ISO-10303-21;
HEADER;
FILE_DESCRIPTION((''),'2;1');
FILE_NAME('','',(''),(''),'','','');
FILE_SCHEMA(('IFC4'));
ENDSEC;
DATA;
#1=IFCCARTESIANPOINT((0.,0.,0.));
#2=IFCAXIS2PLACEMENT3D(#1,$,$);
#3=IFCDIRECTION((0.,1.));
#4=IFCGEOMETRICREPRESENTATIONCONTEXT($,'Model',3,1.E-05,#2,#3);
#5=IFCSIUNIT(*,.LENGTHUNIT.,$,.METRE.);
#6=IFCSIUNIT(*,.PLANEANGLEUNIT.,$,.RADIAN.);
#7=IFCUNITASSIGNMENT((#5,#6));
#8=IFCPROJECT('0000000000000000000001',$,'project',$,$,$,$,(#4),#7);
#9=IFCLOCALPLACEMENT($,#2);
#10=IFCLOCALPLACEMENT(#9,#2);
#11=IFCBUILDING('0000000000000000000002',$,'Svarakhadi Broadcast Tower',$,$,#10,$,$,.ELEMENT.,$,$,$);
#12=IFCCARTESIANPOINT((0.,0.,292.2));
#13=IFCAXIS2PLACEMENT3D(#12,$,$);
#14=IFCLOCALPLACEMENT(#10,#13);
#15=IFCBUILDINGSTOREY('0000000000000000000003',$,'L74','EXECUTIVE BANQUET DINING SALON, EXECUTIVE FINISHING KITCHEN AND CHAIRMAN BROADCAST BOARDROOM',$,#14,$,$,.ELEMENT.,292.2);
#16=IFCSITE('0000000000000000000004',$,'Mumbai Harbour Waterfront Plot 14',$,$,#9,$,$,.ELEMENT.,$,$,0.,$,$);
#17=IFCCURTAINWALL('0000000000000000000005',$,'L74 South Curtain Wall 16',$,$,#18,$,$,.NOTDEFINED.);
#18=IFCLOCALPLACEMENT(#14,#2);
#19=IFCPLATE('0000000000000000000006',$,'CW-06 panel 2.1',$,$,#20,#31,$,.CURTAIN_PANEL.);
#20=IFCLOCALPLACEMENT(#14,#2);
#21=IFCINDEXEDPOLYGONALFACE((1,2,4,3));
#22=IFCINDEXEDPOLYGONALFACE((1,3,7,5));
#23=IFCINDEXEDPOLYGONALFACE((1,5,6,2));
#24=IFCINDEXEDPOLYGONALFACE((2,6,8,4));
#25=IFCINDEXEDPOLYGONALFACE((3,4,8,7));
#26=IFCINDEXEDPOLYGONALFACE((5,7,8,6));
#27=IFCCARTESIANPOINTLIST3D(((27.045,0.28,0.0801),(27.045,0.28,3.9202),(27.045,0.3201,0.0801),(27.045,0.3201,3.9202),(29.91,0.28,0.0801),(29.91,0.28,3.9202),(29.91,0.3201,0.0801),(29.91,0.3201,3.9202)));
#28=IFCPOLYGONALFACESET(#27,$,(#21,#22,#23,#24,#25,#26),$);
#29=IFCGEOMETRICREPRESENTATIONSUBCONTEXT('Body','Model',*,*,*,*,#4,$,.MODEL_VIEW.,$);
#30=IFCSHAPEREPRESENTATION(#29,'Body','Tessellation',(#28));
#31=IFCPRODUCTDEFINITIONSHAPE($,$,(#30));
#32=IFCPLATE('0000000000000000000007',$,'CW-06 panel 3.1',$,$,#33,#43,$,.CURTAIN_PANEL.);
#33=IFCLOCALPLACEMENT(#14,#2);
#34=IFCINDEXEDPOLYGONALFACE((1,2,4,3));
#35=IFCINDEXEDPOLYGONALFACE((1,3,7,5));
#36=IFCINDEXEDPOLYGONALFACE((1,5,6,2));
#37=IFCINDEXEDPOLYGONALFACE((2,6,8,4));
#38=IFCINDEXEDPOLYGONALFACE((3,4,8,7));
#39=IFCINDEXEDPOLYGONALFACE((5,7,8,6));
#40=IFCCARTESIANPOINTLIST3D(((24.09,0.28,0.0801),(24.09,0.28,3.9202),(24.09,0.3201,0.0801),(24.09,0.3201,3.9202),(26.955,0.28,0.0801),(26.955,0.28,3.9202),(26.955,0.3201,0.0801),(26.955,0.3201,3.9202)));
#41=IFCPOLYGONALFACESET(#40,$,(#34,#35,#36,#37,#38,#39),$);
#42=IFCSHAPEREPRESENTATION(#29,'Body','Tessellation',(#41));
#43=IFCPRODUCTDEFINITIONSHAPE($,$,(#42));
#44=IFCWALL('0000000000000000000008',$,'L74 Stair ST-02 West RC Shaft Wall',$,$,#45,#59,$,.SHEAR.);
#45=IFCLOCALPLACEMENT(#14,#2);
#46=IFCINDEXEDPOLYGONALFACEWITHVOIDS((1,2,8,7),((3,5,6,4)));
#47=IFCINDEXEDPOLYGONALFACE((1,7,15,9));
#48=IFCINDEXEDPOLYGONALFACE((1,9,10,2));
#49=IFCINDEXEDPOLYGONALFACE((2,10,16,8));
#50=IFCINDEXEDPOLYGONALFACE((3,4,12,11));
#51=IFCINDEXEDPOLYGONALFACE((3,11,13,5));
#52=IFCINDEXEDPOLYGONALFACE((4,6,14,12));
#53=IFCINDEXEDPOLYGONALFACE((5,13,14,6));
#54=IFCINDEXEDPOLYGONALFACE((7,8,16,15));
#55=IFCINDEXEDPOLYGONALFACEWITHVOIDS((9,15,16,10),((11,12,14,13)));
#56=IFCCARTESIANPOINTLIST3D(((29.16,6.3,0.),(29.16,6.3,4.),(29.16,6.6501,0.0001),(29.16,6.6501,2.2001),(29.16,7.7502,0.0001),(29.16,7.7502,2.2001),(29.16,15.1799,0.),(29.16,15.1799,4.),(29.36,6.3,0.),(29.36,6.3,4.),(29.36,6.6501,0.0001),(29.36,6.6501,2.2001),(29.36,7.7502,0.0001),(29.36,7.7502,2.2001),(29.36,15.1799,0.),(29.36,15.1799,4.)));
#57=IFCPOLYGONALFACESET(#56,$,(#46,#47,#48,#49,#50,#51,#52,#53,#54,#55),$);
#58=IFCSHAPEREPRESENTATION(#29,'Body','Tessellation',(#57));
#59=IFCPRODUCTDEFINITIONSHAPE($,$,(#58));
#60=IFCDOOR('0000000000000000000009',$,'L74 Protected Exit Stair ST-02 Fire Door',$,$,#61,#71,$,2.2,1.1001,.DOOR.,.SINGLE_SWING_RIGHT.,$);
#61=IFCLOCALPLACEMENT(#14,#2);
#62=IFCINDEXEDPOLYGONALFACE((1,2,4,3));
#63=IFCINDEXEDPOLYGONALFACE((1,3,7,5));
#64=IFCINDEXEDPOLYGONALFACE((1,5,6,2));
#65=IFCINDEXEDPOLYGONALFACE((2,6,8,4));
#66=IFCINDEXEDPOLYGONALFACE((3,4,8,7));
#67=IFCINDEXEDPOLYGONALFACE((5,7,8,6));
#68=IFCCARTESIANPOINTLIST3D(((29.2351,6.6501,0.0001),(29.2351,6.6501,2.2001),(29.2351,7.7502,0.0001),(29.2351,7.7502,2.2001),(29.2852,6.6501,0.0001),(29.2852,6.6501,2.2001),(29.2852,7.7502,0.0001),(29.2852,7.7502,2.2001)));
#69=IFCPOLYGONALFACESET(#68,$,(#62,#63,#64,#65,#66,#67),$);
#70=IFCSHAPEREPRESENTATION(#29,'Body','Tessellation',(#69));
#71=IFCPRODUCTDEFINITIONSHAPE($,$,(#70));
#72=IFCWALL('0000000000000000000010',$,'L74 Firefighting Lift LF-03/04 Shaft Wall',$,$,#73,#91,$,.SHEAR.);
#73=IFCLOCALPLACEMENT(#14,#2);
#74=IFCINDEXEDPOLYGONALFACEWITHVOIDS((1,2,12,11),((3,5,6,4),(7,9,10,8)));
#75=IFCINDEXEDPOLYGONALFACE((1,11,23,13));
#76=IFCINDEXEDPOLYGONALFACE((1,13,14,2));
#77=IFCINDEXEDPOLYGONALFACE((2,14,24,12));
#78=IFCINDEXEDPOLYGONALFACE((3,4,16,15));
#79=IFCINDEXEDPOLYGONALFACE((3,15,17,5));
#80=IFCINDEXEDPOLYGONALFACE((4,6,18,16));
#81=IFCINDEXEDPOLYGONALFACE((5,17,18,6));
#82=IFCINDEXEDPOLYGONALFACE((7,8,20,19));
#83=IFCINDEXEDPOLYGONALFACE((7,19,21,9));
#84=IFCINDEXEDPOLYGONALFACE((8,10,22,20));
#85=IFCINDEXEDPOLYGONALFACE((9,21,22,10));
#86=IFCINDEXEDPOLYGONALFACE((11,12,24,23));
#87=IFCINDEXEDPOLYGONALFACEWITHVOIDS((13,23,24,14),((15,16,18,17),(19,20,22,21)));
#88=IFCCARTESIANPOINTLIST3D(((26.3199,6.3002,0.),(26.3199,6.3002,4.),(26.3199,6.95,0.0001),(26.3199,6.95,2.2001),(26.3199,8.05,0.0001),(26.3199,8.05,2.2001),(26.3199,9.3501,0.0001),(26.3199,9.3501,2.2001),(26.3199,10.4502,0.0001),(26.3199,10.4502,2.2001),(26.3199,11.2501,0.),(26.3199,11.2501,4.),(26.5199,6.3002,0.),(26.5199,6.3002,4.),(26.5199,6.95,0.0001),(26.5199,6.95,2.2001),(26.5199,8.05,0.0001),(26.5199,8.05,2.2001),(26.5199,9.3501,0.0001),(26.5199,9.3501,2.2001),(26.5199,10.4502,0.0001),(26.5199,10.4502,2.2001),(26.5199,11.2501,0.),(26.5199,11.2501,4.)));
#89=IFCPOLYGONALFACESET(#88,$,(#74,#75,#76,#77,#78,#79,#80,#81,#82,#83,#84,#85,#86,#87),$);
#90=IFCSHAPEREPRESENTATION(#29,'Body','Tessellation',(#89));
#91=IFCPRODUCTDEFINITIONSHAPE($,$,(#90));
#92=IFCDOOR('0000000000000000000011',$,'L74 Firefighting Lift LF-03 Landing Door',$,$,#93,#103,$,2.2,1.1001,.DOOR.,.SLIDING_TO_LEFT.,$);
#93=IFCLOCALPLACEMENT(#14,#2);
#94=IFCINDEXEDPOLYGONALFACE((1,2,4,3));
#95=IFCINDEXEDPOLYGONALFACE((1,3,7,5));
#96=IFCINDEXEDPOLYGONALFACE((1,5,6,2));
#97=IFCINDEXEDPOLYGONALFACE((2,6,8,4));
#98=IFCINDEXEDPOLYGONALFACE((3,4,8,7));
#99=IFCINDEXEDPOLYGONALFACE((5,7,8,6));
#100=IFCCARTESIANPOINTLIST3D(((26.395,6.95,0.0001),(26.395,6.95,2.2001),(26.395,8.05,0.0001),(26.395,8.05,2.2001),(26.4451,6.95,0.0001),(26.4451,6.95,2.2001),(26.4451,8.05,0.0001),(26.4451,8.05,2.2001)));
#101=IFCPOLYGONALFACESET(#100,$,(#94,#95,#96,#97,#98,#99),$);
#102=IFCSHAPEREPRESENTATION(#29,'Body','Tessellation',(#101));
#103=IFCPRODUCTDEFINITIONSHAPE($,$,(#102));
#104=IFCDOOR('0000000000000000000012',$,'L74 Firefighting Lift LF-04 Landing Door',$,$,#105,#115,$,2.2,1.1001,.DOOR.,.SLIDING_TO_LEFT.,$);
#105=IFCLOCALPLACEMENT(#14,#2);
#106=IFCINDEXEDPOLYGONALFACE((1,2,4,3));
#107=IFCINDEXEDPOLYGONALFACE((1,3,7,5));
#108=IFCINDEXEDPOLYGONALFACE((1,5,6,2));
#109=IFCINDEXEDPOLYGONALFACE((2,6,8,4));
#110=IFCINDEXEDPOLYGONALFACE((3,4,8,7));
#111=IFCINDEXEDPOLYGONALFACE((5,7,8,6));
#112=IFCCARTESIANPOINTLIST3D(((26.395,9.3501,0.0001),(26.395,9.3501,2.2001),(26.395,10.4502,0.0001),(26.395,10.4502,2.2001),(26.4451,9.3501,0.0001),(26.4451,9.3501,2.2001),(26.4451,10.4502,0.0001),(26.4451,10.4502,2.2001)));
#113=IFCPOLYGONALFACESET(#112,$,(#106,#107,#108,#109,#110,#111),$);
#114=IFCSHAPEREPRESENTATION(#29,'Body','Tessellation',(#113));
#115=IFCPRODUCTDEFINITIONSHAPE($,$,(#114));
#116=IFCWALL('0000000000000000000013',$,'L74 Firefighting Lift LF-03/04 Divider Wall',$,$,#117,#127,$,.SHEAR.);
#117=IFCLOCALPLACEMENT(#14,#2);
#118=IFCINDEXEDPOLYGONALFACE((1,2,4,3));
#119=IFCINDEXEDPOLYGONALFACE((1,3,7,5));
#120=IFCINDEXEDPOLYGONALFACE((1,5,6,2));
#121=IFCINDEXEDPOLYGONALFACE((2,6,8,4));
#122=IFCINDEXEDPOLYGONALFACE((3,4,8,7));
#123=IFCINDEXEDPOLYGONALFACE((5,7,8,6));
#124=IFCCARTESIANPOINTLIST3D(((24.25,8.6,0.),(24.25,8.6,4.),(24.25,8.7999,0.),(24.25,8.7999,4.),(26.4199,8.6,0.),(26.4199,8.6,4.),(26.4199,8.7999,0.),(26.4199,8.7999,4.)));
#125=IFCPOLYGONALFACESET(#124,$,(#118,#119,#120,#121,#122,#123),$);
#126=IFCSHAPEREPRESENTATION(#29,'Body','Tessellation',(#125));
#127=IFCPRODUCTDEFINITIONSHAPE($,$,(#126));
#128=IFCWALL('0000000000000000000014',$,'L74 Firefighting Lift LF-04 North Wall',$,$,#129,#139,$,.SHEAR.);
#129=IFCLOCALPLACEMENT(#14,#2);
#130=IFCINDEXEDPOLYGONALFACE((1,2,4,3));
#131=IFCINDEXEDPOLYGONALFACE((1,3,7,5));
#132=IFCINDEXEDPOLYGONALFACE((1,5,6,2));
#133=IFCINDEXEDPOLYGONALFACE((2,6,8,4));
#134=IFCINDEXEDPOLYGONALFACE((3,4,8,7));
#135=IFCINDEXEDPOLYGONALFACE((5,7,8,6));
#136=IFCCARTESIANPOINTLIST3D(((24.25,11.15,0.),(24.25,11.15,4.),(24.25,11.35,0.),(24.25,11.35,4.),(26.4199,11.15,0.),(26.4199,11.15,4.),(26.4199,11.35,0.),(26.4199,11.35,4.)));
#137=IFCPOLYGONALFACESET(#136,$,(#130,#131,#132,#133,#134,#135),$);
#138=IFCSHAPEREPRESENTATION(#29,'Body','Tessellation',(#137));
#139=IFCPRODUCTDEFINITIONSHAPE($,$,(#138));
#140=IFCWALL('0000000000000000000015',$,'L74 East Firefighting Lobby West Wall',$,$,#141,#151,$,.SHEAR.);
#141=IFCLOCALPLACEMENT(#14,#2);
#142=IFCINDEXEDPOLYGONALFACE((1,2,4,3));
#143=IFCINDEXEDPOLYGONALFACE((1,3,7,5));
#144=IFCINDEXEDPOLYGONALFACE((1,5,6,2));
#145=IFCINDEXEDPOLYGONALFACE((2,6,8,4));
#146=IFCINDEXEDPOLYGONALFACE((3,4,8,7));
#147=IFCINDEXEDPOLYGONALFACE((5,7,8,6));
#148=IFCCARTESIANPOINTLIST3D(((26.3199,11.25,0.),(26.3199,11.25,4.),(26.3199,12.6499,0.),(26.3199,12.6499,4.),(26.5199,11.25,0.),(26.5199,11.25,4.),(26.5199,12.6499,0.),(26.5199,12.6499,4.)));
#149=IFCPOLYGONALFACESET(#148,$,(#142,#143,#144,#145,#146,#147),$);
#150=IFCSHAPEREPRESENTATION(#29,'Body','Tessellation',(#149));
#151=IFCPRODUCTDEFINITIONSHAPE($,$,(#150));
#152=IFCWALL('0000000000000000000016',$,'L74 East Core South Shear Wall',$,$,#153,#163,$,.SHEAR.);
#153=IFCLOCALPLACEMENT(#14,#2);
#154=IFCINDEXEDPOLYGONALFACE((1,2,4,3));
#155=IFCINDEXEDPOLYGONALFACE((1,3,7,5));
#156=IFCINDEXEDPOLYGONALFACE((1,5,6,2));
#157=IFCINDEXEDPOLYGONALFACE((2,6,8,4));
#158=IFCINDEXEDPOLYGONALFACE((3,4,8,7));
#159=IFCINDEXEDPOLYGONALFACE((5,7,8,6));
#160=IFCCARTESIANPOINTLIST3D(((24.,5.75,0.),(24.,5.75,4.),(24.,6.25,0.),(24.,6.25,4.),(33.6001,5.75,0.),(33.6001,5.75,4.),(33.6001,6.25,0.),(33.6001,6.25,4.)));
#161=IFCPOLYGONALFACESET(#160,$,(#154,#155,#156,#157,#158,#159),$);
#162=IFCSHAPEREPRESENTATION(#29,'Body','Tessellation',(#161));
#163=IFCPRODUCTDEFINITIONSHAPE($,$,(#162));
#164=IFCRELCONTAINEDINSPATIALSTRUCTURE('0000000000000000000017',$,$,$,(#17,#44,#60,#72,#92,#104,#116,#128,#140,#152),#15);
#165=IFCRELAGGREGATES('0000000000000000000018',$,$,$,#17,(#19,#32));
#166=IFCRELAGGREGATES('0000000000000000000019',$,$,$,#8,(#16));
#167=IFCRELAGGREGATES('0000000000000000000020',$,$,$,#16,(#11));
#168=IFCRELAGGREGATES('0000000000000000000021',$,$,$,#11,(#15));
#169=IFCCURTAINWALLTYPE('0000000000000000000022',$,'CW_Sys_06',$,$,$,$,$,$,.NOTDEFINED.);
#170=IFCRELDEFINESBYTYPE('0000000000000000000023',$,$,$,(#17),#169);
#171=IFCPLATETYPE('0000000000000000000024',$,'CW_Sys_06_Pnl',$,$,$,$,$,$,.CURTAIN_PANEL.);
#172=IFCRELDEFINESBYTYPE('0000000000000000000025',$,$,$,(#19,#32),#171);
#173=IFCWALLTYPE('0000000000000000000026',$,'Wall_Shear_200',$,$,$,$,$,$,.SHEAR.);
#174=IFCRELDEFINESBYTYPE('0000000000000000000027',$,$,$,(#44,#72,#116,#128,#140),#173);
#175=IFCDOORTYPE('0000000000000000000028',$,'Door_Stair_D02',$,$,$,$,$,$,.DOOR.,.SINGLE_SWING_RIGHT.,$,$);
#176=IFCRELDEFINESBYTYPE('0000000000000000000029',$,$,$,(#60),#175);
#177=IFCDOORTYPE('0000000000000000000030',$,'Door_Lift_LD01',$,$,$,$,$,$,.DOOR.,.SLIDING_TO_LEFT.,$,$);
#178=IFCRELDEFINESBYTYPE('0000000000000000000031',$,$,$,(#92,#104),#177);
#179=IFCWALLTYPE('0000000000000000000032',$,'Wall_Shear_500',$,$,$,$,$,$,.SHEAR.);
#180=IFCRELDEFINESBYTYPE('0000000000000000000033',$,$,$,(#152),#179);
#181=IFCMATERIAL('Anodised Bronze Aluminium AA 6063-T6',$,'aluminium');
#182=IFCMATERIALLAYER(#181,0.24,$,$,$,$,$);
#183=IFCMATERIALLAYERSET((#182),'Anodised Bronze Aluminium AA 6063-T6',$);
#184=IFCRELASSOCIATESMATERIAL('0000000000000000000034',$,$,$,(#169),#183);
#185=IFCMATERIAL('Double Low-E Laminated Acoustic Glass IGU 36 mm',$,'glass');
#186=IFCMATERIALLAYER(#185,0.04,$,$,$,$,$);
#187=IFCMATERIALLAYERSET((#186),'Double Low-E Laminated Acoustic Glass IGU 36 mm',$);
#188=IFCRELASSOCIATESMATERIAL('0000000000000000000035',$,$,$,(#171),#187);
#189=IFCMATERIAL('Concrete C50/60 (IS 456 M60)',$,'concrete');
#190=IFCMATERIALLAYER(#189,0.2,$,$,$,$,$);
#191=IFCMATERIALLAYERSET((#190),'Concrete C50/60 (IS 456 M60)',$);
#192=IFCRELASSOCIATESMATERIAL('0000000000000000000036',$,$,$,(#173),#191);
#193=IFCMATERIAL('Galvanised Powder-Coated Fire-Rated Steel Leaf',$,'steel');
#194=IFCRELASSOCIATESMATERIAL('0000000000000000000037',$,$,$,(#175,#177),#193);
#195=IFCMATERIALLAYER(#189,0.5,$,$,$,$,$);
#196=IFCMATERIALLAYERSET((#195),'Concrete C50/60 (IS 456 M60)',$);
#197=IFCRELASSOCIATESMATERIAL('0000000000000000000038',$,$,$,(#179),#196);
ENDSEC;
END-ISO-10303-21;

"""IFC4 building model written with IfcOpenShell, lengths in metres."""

from ifc_helpers import new_model, si_unit, direction, frame, frame_2d, origin, origin_2d, place, context, subcontext, project, spatial, rectangle, extrude, material, layer, layer_set, type_object, element, fill, aggregate, save


model = new_model("IFC4")

# Units and contexts
model_context = context("Model", 3, precision=1e-05, world=origin(), true_north=direction((0.0, 1.0)))
body_context = subcontext(model_context, "Body", "Model", "MODEL_VIEW")
ifc_project = project(units=[si_unit("LENGTHUNIT", "METRE"), si_unit("PLANEANGLEUNIT", "RADIAN")], contexts=[model_context])

# Site, building, storey
site_placement = place(None, origin())
site = spatial("IfcSite", under=ifc_project, at=site_placement, Name="Mumbai Harbour Waterfront Plot 14", CompositionType="ELEMENT", RefElevation=0.0)
building_placement = place(site_placement, origin())
building = spatial("IfcBuilding", under=site, at=building_placement, Name="Svarakhadi Broadcast Tower", CompositionType="ELEMENT")
storey_placement = place(building_placement, frame((0.0, 0.0, 292.2)))
storey = spatial("IfcBuildingStorey", under=building, at=storey_placement, Name="L74", Description="EXECUTIVE BANQUET DINING SALON, EXECUTIVE FINISHING KITCHEN AND CHAIRMAN BROADCAST BOARDROOM", CompositionType="ELEMENT", Elevation=292.2)

# Shared definitions
ifc_material_1 = material(Name="Concrete C50/60 (IS 456 M60)", Category="concrete")

# Curtain wall
ifc_material_2 = material(Name="Anodised Bronze Aluminium AA 6063-T6", Category="aluminium")
ifc_layer_1 = layer(ifc_material_2, 0.24)
ifc_layer_set_1 = layer_set([ifc_layer_1], Name="Anodised Bronze Aluminium AA 6063-T6")
curtain_wall_type = type_object("IfcCurtainWallType", Name="CW_Sys_06", PredefinedType="NOTDEFINED", material=ifc_layer_set_1)
curtain_wall_placement = place(storey_placement, origin())
curtain_wall = element("IfcCurtainWall", 1, at=curtain_wall_placement, inside=storey, type_object=curtain_wall_type, Name="L74 South Curtain Wall 16", PredefinedType="NOTDEFINED")

# Plates
ifc_material_3 = material(Name="Double Low-E Laminated Acoustic Glass IGU 36 mm", Category="glass")
ifc_layer_2 = layer(ifc_material_3, 0.04)
ifc_layer_set_2 = layer_set([ifc_layer_2], Name="Double Low-E Laminated Acoustic Glass IGU 36 mm")
plate_type = type_object("IfcPlateType", Name="CW_Sys_06_Pnl", PredefinedType="CURTAIN_PANEL", material=ifc_layer_set_2)
plate_1_placement = place(storey_placement, frame((28.4775, 0.3, 0.0801), z_axis=(0.0, 0.0, 1.0), x_axis=(-1.0, 0.0, 0.0)))
plate_1 = element("IfcPlate", 2, at=plate_1_placement, type_object=plate_type, Name="CW-06 panel 2.1", PredefinedType="CURTAIN_PANEL", context=body_context, shape_type="SweptSolid", body=[
    extrude(rectangle(XDim=2.865, YDim=0.04, at=origin_2d()), origin(), (0.0, 0.0, 1.0), 3.8401),
])
plate_2_placement = place(storey_placement, frame((25.5225, 0.3, 0.0801), z_axis=(0.0, 0.0, 1.0), x_axis=(-1.0, 0.0, 0.0)))
plate_2 = element("IfcPlate", 3, at=plate_2_placement, type_object=plate_type, Name="CW-06 panel 3.1", PredefinedType="CURTAIN_PANEL", context=body_context, shape_type="SweptSolid", body=[
    extrude(rectangle(XDim=2.865, YDim=0.04, at=origin_2d()), origin(), (0.0, 0.0, 1.0), 3.8401),
])
aggregate(curtain_wall, [plate_1, plate_2])

# Wall, opening, door
ifc_layer_3 = layer(ifc_material_1, 0.2)
ifc_layer_set_3 = layer_set([ifc_layer_3], Name="Concrete C50/60 (IS 456 M60)")
wall_type_1 = type_object("IfcWallType", Name="Wall_Shear_200", PredefinedType="SHEAR", material=ifc_layer_set_3)
wall_1_placement = place(storey_placement, frame((29.26, 6.3, 0.0), z_axis=(0.0, 0.0, 1.0), x_axis=(0.0, 1.0, 0.0)))
wall_1 = element("IfcWall", 4, at=wall_1_placement, inside=storey, type_object=wall_type_1, Name="L74 Stair ST-02 West RC Shaft Wall", PredefinedType="SHEAR", context=body_context, shape_type="SweptSolid", body=[
    extrude(rectangle(XDim=8.8799, YDim=0.2, at=frame_2d((4.4399, 0.0))), origin(), (0.0, 0.0, 1.0), 4.0),
])
opening_1_placement = place(wall_1_placement, frame((0.3501, 0.0, 0.0)))
opening_1 = element("IfcOpeningElement", 5, at=opening_1_placement, cuts=wall_1, PredefinedType="OPENING", context=body_context, shape_type="SweptSolid", body=[
    extrude(rectangle(XDim=1.1001, YDim=2.2, at=frame_2d((0.55, 1.1001))), frame((0.0, 0.1099, 0.0), z_axis=(0.0, -1.0, 0.0), x_axis=(1.0, 0.0, 0.0)), (0.0, 0.0, 1.0), 0.22),
])
ifc_material_4 = material(Name="Galvanised Powder-Coated Fire-Rated Steel Leaf", Category="steel")
door_type_1 = type_object("IfcDoorType", Name="Door_Stair_D02", OperationType="SINGLE_SWING_RIGHT", PredefinedType="DOOR", material=ifc_material_4)
door_1_placement = place(opening_1_placement, origin())
door_1 = element("IfcDoor", 6, at=door_1_placement, inside=storey, type_object=door_type_1, Name="L74 Protected Exit Stair ST-02 Fire Door", OperationType="SINGLE_SWING_RIGHT", OverallHeight=2.2, OverallWidth=1.1001, PredefinedType="DOOR", context=body_context, shape_type="SweptSolid", body=[
    extrude(rectangle(XDim=1.1001, YDim=2.2, at=frame_2d((0.55, 1.1001))), frame((0.0, 0.0249, 0.0), z_axis=(0.0, -1.0, 0.0), x_axis=(1.0, 0.0, 0.0)), (0.0, 0.0, 1.0), 0.05),
])
fill(opening_1, door_1)

# Wall, openings, doors
wall_2_placement = place(storey_placement, frame((26.4199, 6.3, 0.0), z_axis=(0.0, 0.0, 1.0), x_axis=(0.0, 1.0, 0.0)))
wall_2 = element("IfcWall", 7, at=wall_2_placement, inside=storey, type_object=wall_type_1, Name="L74 Firefighting Lift LF-03/04 Shaft Wall", PredefinedType="SHEAR", context=body_context, shape_type="SweptSolid", body=[
    extrude(rectangle(XDim=4.95, YDim=0.2, at=frame_2d((2.4751, 0.0))), origin(), (0.0, 0.0, 1.0), 4.0),
])
opening_2_placement = place(wall_2_placement, frame((0.6499, 0.0, 0.0)))
opening_2 = element("IfcOpeningElement", 8, at=opening_2_placement, cuts=wall_2, PredefinedType="OPENING", context=body_context, shape_type="SweptSolid", body=[
    extrude(rectangle(XDim=1.1001, YDim=2.2, at=frame_2d((0.55, 1.1001))), frame((0.0, 0.1099, 0.0), z_axis=(0.0, -1.0, 0.0), x_axis=(1.0, 0.0, 0.0)), (0.0, 0.0, 1.0), 0.22),
])
opening_3_placement = place(wall_2_placement, frame((3.05, 0.0, 0.0)))
opening_3 = element("IfcOpeningElement", 9, at=opening_3_placement, cuts=wall_2, PredefinedType="OPENING", context=body_context, shape_type="SweptSolid", body=[
    extrude(rectangle(XDim=1.1001, YDim=2.2, at=frame_2d((0.55, 1.1001))), frame((0.0, 0.1099, 0.0), z_axis=(0.0, -1.0, 0.0), x_axis=(1.0, 0.0, 0.0)), (0.0, 0.0, 1.0), 0.22),
])
door_type_2 = type_object("IfcDoorType", Name="Door_Lift_LD01", OperationType="SLIDING_TO_LEFT", PredefinedType="DOOR", material=ifc_material_4)
door_2_placement = place(opening_2_placement, origin())
door_2 = element("IfcDoor", 10, at=door_2_placement, inside=storey, type_object=door_type_2, Name="L74 Firefighting Lift LF-03 Landing Door", OperationType="SLIDING_TO_LEFT", OverallHeight=2.2, OverallWidth=1.1001, PredefinedType="DOOR", context=body_context, shape_type="SweptSolid", body=[
    extrude(rectangle(XDim=1.1001, YDim=2.2, at=frame_2d((0.55, 1.1001))), frame((0.0, 0.0249, 0.0), z_axis=(0.0, -1.0, 0.0), x_axis=(1.0, 0.0, 0.0)), (0.0, 0.0, 1.0), 0.05),
])
fill(opening_2, door_2)
door_3_placement = place(opening_3_placement, origin())
door_3 = element("IfcDoor", 11, at=door_3_placement, inside=storey, type_object=door_type_2, Name="L74 Firefighting Lift LF-04 Landing Door", OperationType="SLIDING_TO_LEFT", OverallHeight=2.2, OverallWidth=1.1001, PredefinedType="DOOR", context=body_context, shape_type="SweptSolid", body=[
    extrude(rectangle(XDim=1.1001, YDim=2.2, at=frame_2d((0.55, 1.1001))), frame((0.0, 0.0249, 0.0), z_axis=(0.0, -1.0, 0.0), x_axis=(1.0, 0.0, 0.0)), (0.0, 0.0, 1.0), 0.05),
])
fill(opening_3, door_3)

# Walls
for number, where, z_axis, x_axis, name in (
    (12, (24.25, 8.7, 0.0), (0.0, 0.0, 1.0), (1.0, 0.0, 0.0), "L74 Firefighting Lift LF-03/04 Divider Wall"),
    (13, (24.25, 11.25, 0.0), (0.0, 0.0, 1.0), (1.0, 0.0, 0.0), "L74 Firefighting Lift LF-04 North Wall"),
):
    element("IfcWall", number, at=place(storey_placement, frame(where, z_axis=z_axis, x_axis=x_axis)), inside=storey, type_object=wall_type_1, Name=name, PredefinedType="SHEAR", context=body_context, shape_type="SweptSolid", body=[
        extrude(rectangle(XDim=2.1699, YDim=0.2, at=frame_2d((1.085, 0.0))), origin(), (0.0, 0.0, 1.0), 4.0),
    ])
wall_3_placement = place(storey_placement, frame((26.4199, 11.25, 0.0), z_axis=(0.0, 0.0, 1.0), x_axis=(0.0, 1.0, 0.0)))
element("IfcWall", 14, at=wall_3_placement, inside=storey, type_object=wall_type_1, Name="L74 East Firefighting Lobby West Wall", PredefinedType="SHEAR", context=body_context, shape_type="SweptSolid", body=[
    extrude(rectangle(XDim=1.3999, YDim=0.2, at=frame_2d((0.7, 0.0))), origin(), (0.0, 0.0, 1.0), 4.0),
])
ifc_layer_4 = layer(ifc_material_1, 0.5)
ifc_layer_set_4 = layer_set([ifc_layer_4], Name="Concrete C50/60 (IS 456 M60)")
wall_type_2 = type_object("IfcWallType", Name="Wall_Shear_500", PredefinedType="SHEAR", material=ifc_layer_set_4)
wall_4_placement = place(storey_placement, frame((24.0, 6.0, 0.0), z_axis=(0.0, 0.0, 1.0), x_axis=(1.0, 0.0, 0.0)))
element("IfcWall", 15, at=wall_4_placement, inside=storey, type_object=wall_type_2, Name="L74 East Core South Shear Wall", PredefinedType="SHEAR", context=body_context, shape_type="SweptSolid", body=[
    extrude(rectangle(XDim=9.6001, YDim=0.5, at=frame_2d((4.8, 0.0))), origin(), (0.0, 0.0, 1.0), 4.0),
])

save(model, "model.ifc")
